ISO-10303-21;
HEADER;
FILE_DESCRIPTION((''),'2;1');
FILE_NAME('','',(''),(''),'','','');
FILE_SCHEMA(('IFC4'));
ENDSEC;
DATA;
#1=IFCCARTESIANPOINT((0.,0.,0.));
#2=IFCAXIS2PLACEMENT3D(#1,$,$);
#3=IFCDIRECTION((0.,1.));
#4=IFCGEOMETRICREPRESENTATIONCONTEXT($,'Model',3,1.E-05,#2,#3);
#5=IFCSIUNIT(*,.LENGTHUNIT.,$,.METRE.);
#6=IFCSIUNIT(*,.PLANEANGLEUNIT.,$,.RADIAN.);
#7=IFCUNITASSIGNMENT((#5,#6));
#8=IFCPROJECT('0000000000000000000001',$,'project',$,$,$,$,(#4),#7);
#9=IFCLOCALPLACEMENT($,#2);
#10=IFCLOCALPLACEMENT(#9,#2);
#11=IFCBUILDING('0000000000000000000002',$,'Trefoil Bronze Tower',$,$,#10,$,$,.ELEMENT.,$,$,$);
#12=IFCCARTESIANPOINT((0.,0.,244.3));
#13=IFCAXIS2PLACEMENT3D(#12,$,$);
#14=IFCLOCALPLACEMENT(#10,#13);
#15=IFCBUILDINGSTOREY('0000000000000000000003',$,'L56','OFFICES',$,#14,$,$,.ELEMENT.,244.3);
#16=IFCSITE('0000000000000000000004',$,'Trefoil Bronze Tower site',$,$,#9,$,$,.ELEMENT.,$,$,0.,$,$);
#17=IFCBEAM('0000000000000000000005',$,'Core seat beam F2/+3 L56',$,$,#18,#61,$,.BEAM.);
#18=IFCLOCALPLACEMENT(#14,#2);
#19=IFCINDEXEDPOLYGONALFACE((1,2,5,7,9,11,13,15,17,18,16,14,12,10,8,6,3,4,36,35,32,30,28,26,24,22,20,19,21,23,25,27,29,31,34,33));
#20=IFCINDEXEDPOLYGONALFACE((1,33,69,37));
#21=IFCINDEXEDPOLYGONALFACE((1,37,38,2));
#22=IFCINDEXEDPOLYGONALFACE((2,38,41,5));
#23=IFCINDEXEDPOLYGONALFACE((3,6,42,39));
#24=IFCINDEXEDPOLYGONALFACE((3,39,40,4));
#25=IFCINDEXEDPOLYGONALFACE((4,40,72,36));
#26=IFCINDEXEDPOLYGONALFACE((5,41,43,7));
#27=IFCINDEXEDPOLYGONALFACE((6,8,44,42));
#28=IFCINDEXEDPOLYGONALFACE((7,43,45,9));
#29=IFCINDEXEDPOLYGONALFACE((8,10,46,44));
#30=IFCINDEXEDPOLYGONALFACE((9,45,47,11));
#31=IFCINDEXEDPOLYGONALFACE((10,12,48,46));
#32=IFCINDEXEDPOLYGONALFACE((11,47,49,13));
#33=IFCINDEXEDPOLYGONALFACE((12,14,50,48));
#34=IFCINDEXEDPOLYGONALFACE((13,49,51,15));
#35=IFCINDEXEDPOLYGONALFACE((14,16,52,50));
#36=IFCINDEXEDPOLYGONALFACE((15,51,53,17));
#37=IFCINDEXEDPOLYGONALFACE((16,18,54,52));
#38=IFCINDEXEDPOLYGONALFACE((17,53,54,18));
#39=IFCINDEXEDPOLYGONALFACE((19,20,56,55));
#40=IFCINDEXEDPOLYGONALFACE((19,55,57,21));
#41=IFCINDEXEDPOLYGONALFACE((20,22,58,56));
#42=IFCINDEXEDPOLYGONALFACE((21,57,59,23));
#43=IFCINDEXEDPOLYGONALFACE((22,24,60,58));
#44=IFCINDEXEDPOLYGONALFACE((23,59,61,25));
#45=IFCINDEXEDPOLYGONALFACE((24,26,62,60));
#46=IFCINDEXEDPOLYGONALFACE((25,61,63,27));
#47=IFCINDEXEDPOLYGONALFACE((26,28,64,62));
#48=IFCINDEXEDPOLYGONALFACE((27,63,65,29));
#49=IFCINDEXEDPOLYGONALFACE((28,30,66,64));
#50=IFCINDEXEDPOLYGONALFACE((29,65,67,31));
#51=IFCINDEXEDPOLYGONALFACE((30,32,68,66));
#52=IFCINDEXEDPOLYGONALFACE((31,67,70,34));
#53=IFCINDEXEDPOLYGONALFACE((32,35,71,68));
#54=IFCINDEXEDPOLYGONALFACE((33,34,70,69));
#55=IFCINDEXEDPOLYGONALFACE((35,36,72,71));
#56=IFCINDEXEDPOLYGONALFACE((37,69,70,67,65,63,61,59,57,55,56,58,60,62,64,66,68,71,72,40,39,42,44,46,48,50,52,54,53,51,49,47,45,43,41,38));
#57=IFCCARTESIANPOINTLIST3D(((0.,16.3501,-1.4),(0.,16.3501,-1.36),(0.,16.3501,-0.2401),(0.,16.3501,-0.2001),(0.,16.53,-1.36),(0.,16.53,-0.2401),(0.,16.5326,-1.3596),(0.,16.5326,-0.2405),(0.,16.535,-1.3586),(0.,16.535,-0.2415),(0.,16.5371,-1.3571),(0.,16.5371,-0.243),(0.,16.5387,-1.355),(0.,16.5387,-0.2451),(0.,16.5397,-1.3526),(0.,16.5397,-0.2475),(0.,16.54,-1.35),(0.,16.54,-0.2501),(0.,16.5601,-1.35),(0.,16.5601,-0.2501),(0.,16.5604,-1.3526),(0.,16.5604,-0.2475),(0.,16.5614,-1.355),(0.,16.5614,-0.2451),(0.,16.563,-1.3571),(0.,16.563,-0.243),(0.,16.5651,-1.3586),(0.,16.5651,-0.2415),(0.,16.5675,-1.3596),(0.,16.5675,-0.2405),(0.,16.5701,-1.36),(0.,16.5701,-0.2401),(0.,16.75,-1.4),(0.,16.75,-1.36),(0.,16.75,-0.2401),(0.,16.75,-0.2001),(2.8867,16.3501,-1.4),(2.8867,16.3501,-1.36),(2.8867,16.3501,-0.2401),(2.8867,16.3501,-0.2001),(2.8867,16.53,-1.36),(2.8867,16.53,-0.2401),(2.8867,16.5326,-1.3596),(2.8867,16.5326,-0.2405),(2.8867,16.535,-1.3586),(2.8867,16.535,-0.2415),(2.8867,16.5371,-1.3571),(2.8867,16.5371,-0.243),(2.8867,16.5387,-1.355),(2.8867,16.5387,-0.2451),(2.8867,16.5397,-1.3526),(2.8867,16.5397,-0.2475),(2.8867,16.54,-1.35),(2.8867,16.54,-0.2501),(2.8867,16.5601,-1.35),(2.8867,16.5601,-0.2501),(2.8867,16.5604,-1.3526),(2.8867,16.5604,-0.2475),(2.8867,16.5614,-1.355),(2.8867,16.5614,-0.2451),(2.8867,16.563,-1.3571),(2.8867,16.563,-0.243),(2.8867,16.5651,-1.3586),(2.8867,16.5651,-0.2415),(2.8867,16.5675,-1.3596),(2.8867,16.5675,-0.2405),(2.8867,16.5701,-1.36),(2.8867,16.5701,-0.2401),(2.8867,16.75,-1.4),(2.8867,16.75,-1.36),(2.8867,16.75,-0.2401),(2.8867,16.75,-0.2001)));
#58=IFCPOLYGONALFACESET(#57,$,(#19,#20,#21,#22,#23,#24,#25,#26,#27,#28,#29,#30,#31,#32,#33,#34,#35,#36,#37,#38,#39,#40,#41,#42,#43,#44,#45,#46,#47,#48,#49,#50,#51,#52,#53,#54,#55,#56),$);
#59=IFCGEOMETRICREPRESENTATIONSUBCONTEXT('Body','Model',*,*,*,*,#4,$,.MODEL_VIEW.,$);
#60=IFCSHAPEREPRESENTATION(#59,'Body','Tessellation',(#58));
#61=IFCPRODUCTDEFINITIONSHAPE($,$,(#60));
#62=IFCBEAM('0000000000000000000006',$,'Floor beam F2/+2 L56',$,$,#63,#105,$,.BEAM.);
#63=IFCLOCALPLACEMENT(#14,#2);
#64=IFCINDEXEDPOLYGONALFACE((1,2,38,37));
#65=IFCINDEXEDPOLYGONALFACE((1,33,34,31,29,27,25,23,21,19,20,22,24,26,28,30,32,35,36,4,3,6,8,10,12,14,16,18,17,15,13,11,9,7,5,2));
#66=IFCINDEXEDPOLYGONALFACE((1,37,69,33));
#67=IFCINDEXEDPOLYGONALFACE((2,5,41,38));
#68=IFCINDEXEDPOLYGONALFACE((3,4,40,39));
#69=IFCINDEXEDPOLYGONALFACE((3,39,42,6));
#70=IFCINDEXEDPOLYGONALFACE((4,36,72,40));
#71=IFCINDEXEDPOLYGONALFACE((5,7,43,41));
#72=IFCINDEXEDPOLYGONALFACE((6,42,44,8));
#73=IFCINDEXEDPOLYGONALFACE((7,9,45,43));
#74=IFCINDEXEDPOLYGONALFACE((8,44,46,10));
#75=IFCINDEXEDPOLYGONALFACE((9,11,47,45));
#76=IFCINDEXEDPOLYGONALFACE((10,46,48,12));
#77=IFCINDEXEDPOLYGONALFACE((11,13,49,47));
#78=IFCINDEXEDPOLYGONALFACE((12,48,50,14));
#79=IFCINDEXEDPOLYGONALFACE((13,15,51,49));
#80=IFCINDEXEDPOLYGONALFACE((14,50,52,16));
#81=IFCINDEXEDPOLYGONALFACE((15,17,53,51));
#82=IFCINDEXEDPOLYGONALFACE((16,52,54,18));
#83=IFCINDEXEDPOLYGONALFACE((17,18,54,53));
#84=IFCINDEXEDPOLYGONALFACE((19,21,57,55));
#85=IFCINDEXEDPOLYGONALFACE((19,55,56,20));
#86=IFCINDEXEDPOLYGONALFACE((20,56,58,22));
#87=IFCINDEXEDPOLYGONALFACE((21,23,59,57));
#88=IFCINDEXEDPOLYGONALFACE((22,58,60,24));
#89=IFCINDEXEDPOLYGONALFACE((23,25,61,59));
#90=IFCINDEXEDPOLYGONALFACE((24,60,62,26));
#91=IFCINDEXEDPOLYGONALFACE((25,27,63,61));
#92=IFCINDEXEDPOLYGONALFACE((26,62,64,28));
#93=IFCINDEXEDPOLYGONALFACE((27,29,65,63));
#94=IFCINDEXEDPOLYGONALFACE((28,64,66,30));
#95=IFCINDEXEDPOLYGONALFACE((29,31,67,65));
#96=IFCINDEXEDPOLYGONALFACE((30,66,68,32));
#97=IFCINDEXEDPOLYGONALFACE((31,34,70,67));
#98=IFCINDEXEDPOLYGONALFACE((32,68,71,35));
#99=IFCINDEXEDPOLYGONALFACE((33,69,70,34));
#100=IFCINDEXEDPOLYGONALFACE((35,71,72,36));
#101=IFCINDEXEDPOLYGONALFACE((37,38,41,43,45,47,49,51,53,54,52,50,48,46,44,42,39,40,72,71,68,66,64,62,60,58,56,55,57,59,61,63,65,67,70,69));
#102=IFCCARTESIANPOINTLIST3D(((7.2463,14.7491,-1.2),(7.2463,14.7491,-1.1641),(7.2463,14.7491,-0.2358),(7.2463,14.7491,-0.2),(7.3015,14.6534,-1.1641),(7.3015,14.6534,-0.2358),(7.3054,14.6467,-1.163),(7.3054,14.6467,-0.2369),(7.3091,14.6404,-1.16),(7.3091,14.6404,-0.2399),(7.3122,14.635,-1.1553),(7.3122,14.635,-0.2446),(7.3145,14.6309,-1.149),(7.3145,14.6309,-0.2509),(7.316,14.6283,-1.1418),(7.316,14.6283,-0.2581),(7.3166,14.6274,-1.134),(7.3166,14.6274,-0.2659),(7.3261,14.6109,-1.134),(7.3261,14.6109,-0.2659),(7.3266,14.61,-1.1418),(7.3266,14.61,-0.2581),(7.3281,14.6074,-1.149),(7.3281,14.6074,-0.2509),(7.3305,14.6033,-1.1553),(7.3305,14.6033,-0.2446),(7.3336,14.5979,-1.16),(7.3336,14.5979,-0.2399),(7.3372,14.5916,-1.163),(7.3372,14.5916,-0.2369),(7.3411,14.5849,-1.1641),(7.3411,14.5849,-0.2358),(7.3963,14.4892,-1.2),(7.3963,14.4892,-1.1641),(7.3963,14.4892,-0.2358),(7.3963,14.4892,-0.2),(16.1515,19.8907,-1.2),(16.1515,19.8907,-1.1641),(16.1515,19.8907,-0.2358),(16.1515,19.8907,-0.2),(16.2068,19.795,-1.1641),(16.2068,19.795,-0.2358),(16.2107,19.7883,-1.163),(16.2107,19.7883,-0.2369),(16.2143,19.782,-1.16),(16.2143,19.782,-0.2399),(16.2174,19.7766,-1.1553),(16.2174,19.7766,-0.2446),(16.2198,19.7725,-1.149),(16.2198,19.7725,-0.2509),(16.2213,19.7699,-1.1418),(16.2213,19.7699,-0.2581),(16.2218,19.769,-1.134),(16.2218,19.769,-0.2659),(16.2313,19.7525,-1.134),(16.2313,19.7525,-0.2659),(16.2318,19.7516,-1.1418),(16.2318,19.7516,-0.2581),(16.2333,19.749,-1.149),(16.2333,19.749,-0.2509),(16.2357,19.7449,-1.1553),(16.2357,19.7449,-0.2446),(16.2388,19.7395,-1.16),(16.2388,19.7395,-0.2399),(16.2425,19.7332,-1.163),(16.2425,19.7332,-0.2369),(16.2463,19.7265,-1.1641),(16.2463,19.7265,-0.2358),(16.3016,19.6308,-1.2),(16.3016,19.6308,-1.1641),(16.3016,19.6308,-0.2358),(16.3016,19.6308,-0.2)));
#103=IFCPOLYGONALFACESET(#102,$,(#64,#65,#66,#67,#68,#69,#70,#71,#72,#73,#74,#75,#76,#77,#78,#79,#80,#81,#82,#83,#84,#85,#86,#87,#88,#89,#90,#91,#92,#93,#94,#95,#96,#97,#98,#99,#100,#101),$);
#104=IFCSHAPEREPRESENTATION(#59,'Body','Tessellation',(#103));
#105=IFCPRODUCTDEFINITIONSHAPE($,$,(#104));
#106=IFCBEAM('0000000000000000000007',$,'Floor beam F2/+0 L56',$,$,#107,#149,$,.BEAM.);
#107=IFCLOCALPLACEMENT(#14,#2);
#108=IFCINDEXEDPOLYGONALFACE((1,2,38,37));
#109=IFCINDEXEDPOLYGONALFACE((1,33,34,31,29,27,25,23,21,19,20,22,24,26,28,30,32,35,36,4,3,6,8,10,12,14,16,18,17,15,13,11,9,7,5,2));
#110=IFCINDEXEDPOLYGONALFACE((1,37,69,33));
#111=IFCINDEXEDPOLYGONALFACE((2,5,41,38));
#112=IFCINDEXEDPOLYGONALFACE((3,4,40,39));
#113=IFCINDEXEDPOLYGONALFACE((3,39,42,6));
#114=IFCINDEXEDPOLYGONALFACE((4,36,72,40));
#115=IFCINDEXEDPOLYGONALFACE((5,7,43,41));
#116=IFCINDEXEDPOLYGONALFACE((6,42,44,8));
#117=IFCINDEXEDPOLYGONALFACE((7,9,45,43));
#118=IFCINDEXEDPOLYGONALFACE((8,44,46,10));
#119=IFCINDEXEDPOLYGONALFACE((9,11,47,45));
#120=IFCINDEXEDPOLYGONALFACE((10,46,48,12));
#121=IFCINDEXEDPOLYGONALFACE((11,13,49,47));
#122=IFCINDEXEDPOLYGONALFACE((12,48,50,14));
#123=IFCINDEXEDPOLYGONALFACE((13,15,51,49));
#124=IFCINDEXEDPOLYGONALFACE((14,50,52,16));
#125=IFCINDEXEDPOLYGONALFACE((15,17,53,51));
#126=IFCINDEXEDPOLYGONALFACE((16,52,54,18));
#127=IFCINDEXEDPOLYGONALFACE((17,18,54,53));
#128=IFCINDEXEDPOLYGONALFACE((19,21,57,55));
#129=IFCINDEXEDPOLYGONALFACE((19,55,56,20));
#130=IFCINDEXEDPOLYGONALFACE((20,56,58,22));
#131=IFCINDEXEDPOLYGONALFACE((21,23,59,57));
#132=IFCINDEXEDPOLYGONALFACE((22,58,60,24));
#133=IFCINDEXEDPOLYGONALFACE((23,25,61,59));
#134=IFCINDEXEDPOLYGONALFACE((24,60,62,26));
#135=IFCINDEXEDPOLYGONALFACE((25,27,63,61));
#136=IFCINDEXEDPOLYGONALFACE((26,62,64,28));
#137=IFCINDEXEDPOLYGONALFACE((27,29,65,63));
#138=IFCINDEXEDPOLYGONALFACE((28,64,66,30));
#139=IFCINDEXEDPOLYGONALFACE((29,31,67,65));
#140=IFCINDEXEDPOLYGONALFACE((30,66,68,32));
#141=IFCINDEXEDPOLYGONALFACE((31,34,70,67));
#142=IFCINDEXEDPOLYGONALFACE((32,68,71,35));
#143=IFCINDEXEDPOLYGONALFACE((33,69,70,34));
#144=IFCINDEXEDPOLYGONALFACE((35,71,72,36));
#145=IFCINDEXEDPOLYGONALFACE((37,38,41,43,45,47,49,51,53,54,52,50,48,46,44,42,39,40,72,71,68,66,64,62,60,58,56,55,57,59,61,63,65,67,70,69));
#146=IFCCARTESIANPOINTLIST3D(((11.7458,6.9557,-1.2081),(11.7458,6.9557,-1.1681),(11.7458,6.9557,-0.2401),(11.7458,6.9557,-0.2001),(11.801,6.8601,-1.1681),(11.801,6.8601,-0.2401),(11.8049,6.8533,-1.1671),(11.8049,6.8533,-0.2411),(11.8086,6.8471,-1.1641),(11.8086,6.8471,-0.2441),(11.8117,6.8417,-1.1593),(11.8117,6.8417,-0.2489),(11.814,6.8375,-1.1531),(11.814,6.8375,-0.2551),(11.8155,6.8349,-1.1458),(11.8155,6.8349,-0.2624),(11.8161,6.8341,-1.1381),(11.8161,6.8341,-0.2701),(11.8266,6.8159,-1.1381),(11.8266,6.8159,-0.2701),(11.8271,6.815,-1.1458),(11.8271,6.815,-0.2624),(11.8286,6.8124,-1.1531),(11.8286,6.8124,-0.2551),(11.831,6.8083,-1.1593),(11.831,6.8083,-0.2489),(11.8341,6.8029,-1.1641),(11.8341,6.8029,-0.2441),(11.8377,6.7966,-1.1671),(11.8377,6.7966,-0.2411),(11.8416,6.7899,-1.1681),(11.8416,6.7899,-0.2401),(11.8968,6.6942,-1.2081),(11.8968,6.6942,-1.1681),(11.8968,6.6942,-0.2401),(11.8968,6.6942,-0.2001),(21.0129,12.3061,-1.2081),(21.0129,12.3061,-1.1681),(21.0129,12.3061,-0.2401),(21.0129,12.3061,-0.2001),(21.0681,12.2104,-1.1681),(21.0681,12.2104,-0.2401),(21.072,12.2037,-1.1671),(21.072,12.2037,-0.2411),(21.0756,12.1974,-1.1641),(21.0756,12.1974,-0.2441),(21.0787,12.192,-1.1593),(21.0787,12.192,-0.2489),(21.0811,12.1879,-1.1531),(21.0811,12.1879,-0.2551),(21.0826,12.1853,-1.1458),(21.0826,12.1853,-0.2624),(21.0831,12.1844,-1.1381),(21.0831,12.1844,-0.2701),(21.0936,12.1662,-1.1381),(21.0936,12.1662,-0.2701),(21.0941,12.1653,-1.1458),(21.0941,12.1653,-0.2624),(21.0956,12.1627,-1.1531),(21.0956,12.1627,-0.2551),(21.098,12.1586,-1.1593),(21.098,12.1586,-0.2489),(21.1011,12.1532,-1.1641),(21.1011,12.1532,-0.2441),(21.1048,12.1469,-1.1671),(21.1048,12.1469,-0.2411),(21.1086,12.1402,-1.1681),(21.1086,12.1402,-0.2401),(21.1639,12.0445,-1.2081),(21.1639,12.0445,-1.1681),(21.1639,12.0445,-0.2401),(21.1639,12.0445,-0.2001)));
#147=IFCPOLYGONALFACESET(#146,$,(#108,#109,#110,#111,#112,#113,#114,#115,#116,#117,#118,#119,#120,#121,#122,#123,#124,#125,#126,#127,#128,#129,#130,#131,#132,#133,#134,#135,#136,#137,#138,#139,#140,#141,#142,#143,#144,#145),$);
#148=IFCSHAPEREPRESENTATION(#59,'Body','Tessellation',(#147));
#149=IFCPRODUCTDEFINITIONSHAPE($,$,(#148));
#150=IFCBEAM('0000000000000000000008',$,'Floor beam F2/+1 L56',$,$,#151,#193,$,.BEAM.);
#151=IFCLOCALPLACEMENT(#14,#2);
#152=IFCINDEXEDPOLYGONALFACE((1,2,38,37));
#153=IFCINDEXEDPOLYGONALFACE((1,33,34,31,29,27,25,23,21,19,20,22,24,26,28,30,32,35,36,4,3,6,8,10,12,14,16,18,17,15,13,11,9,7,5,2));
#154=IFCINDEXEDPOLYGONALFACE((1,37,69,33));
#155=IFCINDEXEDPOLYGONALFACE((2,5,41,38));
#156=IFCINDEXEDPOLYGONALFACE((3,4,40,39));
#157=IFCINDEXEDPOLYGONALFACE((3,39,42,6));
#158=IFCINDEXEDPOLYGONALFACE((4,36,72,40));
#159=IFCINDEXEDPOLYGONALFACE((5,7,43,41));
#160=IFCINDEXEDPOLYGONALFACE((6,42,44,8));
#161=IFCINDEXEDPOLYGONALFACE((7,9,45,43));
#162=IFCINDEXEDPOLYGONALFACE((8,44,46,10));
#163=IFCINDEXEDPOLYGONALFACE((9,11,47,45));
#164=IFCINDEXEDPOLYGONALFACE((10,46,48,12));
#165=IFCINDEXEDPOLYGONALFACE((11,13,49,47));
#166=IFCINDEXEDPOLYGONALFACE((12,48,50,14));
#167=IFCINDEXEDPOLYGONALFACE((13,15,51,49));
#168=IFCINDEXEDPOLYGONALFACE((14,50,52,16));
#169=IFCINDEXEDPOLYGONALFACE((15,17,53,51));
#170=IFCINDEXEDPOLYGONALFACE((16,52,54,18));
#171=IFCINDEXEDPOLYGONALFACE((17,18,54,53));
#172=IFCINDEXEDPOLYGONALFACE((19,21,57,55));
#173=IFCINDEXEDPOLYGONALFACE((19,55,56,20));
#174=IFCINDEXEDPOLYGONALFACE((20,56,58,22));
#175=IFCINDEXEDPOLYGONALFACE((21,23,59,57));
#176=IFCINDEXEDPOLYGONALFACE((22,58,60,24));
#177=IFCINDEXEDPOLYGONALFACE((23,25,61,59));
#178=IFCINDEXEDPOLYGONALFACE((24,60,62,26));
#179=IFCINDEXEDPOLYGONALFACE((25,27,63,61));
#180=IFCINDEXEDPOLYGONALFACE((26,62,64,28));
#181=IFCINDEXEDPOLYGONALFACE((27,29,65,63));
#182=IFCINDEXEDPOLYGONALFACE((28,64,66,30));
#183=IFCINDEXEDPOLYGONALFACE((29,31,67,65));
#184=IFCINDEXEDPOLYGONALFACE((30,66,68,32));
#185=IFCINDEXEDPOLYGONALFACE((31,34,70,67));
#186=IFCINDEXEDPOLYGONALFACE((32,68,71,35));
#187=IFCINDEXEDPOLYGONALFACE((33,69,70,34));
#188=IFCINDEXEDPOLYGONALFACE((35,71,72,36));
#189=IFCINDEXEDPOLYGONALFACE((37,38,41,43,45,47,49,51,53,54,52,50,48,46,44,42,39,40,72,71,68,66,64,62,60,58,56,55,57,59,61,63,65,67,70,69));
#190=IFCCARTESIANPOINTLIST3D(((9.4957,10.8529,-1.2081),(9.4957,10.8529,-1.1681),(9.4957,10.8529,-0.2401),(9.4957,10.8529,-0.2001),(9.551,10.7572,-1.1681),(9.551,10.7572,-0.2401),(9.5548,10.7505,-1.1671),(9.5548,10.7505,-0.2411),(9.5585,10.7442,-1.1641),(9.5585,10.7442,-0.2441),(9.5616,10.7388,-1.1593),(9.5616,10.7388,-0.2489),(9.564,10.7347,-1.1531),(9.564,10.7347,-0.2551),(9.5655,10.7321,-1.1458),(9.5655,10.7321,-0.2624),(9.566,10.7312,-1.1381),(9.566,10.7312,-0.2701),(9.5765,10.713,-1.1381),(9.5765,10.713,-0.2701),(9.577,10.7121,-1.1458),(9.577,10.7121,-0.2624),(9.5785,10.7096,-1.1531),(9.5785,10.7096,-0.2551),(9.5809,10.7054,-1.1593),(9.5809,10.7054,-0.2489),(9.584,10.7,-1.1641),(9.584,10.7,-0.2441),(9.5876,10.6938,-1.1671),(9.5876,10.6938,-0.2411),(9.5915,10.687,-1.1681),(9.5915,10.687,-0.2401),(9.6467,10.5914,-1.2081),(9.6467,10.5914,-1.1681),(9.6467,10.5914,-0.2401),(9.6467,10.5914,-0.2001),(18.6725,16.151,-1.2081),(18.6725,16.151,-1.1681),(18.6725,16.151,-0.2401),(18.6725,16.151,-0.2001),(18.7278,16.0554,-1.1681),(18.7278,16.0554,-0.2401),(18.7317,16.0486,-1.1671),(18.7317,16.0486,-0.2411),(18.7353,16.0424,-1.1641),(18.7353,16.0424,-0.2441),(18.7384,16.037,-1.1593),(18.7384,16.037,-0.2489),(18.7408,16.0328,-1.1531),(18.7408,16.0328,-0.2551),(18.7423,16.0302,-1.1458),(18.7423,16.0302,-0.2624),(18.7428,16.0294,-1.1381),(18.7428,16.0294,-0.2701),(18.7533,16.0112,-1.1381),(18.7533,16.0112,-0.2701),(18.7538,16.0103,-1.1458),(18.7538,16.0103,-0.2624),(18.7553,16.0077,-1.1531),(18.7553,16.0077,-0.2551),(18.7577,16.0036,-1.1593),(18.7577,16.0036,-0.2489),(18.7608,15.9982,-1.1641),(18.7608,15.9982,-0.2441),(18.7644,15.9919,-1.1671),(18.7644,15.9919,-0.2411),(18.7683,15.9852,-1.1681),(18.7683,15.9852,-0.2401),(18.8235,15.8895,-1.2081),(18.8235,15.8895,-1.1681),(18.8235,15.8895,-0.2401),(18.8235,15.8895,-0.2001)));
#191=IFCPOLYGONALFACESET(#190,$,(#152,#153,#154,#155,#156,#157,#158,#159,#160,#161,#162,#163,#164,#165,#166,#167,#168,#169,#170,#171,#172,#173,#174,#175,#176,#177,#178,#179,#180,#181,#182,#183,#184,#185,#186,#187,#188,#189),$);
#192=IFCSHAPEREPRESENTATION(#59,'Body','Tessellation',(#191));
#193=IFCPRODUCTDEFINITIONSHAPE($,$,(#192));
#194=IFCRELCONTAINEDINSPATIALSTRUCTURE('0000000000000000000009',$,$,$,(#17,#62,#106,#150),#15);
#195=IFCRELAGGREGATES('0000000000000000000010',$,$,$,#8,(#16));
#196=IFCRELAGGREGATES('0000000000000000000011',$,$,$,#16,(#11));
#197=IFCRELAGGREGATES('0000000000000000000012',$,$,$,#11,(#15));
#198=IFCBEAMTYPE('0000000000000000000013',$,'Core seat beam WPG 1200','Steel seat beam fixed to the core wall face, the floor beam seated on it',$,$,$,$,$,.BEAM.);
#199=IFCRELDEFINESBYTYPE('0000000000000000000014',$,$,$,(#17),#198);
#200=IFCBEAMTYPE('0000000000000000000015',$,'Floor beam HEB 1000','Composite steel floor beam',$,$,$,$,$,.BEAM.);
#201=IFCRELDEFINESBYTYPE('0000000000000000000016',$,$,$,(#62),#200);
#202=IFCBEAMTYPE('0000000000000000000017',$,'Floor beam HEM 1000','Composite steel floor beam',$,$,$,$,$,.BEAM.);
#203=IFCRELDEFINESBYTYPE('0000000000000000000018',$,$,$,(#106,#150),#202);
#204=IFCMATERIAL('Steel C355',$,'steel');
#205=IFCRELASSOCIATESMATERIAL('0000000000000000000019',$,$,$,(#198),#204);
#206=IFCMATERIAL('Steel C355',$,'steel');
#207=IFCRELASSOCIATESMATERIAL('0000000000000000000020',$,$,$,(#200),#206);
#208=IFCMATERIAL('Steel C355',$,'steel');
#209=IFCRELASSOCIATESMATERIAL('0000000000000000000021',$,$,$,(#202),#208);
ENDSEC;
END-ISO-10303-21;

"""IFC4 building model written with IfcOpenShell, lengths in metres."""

from ifc_helpers import new_model, si_unit, direction, frame, origin, origin_2d, place, context, subcontext, project, spatial, i_section, extrude, material, material_profile, profile_set, type_object, element, save


model = new_model("IFC4")

# Units and contexts
model_context = context("Model", 3, precision=1e-05, world=origin(), true_north=direction((0.0, 1.0)))
body_context = subcontext(model_context, "Body", "Model", "MODEL_VIEW")
ifc_project = project(units=[si_unit("LENGTHUNIT", "METRE"), si_unit("PLANEANGLEUNIT", "RADIAN")], contexts=[model_context])

# Site, building, storey
site_placement = place(None, origin())
site = spatial("IfcSite", under=ifc_project, at=site_placement, Name="Trefoil Bronze Tower site", CompositionType="ELEMENT", RefElevation=0.0)
building_placement = place(site_placement, origin())
building = spatial("IfcBuilding", under=site, at=building_placement, Name="Trefoil Bronze Tower", CompositionType="ELEMENT")
storey_placement = place(building_placement, frame((0.0, 0.0, 244.3)))
storey = spatial("IfcBuildingStorey", under=building, at=storey_placement, Name="L56", Description="OFFICES", CompositionType="ELEMENT", Elevation=244.3)

# Beams
ifc_material_1 = material(Name="Steel C355", Category="steel")
ifc_material_profile_1 = material_profile(ifc_material_1, i_section(OverallWidth=0.3999, OverallDepth=1.2, WebThickness=0.02, FlangeThickness=0.04, FilletRadius=0.01, at=origin_2d()), Name="WPG 1200")
ifc_profile_set_1 = profile_set([ifc_material_profile_1], Name="Steel C355")
beam_type_1 = type_object("IfcBeamType", Name="Core seat beam WPG 1200", Description="Steel seat beam fixed to the core wall face, the floor beam seated on it", PredefinedType="BEAM", material=ifc_profile_set_1)
beam_1_placement = place(storey_placement, frame((2.8867, 16.55, -0.8), z_axis=(-1.0, 0.0, 0.0), x_axis=(0.0, -1.0, 0.0)))
element("IfcBeam", 1, at=beam_1_placement, inside=storey, type_object=beam_type_1, Name="Core seat beam F2/+3 L56", PredefinedType="BEAM", context=body_context, shape_type="SweptSolid", body=[
    extrude(i_section(OverallWidth=0.3999, OverallDepth=1.2, WebThickness=0.02, FlangeThickness=0.04, FilletRadius=0.01, at=origin_2d()), origin(), (0.0, 0.0, 1.0), 2.8867),
])
ifc_material_2 = material(Name="Steel C355", Category="steel")
ifc_material_profile_2 = material_profile(ifc_material_2, i_section(OverallWidth=0.3, OverallDepth=1.0, WebThickness=0.019, FlangeThickness=0.0359, FilletRadius=0.03, at=origin_2d()), Name="HEB 1000")
ifc_profile_set_2 = profile_set([ifc_material_profile_2], Name="Steel C355")
beam_type_2 = type_object("IfcBeamType", Name="Floor beam HEB 1000", Description="Composite steel floor beam", PredefinedType="BEAM", material=ifc_profile_set_2)
beam_2_placement = place(storey_placement, frame((16.2266, 19.7607, -0.7), z_axis=(-0.86602, -0.50001, 0.0), x_axis=(0.50001, -0.86602, 0.0)))
element("IfcBeam", 2, at=beam_2_placement, inside=storey, type_object=beam_type_2, Name="Floor beam F2/+2 L56", PredefinedType="BEAM", context=body_context, shape_type="SweptSolid", body=[
    extrude(i_section(OverallWidth=0.3, OverallDepth=1.0, WebThickness=0.019, FlangeThickness=0.0359, FilletRadius=0.03, at=origin_2d()), origin(), (0.0, 0.0, 1.0), 10.283),
])
ifc_material_3 = material(Name="Steel C355", Category="steel")
ifc_material_profile_3 = material_profile(ifc_material_3, i_section(OverallWidth=0.302, OverallDepth=1.0081, WebThickness=0.021, FlangeThickness=0.04, FilletRadius=0.03, at=origin_2d()), Name="HEM 1000")
ifc_profile_set_3 = profile_set([ifc_material_profile_3], Name="Steel C355")
beam_type_3 = type_object("IfcBeamType", Name="Floor beam HEM 1000", Description="Composite steel floor beam", PredefinedType="BEAM", material=ifc_profile_set_3)
beam_3_placement = place(storey_placement, frame((21.0884, 12.1753, -0.7041), z_axis=(-0.866026, -0.499999, 0.0), x_axis=(0.499999, -0.866026, 0.0)))
element("IfcBeam", 3, at=beam_3_placement, inside=storey, type_object=beam_type_3, Name="Floor beam F2/+0 L56", PredefinedType="BEAM", context=body_context, shape_type="SweptSolid", body=[
    extrude(i_section(OverallWidth=0.302, OverallDepth=1.0081, WebThickness=0.021, FlangeThickness=0.04, FilletRadius=0.03, at=origin_2d()), origin(), (0.0, 0.0, 1.0), 10.7007),
])
beam_4_placement = place(storey_placement, frame((18.748, 16.0203, -0.7041), z_axis=(-0.86603, -0.499992, 0.0), x_axis=(0.499992, -0.86603, 0.0)))
element("IfcBeam", 4, at=beam_4_placement, inside=storey, type_object=beam_type_3, Name="Floor beam F2/+1 L56", PredefinedType="BEAM", context=body_context, shape_type="SweptSolid", body=[
    extrude(i_section(OverallWidth=0.302, OverallDepth=1.0081, WebThickness=0.021, FlangeThickness=0.04, FilletRadius=0.03, at=origin_2d()), origin(), (0.0, 0.0, 1.0), 10.5964),
])

save(model, "model.ifc")
